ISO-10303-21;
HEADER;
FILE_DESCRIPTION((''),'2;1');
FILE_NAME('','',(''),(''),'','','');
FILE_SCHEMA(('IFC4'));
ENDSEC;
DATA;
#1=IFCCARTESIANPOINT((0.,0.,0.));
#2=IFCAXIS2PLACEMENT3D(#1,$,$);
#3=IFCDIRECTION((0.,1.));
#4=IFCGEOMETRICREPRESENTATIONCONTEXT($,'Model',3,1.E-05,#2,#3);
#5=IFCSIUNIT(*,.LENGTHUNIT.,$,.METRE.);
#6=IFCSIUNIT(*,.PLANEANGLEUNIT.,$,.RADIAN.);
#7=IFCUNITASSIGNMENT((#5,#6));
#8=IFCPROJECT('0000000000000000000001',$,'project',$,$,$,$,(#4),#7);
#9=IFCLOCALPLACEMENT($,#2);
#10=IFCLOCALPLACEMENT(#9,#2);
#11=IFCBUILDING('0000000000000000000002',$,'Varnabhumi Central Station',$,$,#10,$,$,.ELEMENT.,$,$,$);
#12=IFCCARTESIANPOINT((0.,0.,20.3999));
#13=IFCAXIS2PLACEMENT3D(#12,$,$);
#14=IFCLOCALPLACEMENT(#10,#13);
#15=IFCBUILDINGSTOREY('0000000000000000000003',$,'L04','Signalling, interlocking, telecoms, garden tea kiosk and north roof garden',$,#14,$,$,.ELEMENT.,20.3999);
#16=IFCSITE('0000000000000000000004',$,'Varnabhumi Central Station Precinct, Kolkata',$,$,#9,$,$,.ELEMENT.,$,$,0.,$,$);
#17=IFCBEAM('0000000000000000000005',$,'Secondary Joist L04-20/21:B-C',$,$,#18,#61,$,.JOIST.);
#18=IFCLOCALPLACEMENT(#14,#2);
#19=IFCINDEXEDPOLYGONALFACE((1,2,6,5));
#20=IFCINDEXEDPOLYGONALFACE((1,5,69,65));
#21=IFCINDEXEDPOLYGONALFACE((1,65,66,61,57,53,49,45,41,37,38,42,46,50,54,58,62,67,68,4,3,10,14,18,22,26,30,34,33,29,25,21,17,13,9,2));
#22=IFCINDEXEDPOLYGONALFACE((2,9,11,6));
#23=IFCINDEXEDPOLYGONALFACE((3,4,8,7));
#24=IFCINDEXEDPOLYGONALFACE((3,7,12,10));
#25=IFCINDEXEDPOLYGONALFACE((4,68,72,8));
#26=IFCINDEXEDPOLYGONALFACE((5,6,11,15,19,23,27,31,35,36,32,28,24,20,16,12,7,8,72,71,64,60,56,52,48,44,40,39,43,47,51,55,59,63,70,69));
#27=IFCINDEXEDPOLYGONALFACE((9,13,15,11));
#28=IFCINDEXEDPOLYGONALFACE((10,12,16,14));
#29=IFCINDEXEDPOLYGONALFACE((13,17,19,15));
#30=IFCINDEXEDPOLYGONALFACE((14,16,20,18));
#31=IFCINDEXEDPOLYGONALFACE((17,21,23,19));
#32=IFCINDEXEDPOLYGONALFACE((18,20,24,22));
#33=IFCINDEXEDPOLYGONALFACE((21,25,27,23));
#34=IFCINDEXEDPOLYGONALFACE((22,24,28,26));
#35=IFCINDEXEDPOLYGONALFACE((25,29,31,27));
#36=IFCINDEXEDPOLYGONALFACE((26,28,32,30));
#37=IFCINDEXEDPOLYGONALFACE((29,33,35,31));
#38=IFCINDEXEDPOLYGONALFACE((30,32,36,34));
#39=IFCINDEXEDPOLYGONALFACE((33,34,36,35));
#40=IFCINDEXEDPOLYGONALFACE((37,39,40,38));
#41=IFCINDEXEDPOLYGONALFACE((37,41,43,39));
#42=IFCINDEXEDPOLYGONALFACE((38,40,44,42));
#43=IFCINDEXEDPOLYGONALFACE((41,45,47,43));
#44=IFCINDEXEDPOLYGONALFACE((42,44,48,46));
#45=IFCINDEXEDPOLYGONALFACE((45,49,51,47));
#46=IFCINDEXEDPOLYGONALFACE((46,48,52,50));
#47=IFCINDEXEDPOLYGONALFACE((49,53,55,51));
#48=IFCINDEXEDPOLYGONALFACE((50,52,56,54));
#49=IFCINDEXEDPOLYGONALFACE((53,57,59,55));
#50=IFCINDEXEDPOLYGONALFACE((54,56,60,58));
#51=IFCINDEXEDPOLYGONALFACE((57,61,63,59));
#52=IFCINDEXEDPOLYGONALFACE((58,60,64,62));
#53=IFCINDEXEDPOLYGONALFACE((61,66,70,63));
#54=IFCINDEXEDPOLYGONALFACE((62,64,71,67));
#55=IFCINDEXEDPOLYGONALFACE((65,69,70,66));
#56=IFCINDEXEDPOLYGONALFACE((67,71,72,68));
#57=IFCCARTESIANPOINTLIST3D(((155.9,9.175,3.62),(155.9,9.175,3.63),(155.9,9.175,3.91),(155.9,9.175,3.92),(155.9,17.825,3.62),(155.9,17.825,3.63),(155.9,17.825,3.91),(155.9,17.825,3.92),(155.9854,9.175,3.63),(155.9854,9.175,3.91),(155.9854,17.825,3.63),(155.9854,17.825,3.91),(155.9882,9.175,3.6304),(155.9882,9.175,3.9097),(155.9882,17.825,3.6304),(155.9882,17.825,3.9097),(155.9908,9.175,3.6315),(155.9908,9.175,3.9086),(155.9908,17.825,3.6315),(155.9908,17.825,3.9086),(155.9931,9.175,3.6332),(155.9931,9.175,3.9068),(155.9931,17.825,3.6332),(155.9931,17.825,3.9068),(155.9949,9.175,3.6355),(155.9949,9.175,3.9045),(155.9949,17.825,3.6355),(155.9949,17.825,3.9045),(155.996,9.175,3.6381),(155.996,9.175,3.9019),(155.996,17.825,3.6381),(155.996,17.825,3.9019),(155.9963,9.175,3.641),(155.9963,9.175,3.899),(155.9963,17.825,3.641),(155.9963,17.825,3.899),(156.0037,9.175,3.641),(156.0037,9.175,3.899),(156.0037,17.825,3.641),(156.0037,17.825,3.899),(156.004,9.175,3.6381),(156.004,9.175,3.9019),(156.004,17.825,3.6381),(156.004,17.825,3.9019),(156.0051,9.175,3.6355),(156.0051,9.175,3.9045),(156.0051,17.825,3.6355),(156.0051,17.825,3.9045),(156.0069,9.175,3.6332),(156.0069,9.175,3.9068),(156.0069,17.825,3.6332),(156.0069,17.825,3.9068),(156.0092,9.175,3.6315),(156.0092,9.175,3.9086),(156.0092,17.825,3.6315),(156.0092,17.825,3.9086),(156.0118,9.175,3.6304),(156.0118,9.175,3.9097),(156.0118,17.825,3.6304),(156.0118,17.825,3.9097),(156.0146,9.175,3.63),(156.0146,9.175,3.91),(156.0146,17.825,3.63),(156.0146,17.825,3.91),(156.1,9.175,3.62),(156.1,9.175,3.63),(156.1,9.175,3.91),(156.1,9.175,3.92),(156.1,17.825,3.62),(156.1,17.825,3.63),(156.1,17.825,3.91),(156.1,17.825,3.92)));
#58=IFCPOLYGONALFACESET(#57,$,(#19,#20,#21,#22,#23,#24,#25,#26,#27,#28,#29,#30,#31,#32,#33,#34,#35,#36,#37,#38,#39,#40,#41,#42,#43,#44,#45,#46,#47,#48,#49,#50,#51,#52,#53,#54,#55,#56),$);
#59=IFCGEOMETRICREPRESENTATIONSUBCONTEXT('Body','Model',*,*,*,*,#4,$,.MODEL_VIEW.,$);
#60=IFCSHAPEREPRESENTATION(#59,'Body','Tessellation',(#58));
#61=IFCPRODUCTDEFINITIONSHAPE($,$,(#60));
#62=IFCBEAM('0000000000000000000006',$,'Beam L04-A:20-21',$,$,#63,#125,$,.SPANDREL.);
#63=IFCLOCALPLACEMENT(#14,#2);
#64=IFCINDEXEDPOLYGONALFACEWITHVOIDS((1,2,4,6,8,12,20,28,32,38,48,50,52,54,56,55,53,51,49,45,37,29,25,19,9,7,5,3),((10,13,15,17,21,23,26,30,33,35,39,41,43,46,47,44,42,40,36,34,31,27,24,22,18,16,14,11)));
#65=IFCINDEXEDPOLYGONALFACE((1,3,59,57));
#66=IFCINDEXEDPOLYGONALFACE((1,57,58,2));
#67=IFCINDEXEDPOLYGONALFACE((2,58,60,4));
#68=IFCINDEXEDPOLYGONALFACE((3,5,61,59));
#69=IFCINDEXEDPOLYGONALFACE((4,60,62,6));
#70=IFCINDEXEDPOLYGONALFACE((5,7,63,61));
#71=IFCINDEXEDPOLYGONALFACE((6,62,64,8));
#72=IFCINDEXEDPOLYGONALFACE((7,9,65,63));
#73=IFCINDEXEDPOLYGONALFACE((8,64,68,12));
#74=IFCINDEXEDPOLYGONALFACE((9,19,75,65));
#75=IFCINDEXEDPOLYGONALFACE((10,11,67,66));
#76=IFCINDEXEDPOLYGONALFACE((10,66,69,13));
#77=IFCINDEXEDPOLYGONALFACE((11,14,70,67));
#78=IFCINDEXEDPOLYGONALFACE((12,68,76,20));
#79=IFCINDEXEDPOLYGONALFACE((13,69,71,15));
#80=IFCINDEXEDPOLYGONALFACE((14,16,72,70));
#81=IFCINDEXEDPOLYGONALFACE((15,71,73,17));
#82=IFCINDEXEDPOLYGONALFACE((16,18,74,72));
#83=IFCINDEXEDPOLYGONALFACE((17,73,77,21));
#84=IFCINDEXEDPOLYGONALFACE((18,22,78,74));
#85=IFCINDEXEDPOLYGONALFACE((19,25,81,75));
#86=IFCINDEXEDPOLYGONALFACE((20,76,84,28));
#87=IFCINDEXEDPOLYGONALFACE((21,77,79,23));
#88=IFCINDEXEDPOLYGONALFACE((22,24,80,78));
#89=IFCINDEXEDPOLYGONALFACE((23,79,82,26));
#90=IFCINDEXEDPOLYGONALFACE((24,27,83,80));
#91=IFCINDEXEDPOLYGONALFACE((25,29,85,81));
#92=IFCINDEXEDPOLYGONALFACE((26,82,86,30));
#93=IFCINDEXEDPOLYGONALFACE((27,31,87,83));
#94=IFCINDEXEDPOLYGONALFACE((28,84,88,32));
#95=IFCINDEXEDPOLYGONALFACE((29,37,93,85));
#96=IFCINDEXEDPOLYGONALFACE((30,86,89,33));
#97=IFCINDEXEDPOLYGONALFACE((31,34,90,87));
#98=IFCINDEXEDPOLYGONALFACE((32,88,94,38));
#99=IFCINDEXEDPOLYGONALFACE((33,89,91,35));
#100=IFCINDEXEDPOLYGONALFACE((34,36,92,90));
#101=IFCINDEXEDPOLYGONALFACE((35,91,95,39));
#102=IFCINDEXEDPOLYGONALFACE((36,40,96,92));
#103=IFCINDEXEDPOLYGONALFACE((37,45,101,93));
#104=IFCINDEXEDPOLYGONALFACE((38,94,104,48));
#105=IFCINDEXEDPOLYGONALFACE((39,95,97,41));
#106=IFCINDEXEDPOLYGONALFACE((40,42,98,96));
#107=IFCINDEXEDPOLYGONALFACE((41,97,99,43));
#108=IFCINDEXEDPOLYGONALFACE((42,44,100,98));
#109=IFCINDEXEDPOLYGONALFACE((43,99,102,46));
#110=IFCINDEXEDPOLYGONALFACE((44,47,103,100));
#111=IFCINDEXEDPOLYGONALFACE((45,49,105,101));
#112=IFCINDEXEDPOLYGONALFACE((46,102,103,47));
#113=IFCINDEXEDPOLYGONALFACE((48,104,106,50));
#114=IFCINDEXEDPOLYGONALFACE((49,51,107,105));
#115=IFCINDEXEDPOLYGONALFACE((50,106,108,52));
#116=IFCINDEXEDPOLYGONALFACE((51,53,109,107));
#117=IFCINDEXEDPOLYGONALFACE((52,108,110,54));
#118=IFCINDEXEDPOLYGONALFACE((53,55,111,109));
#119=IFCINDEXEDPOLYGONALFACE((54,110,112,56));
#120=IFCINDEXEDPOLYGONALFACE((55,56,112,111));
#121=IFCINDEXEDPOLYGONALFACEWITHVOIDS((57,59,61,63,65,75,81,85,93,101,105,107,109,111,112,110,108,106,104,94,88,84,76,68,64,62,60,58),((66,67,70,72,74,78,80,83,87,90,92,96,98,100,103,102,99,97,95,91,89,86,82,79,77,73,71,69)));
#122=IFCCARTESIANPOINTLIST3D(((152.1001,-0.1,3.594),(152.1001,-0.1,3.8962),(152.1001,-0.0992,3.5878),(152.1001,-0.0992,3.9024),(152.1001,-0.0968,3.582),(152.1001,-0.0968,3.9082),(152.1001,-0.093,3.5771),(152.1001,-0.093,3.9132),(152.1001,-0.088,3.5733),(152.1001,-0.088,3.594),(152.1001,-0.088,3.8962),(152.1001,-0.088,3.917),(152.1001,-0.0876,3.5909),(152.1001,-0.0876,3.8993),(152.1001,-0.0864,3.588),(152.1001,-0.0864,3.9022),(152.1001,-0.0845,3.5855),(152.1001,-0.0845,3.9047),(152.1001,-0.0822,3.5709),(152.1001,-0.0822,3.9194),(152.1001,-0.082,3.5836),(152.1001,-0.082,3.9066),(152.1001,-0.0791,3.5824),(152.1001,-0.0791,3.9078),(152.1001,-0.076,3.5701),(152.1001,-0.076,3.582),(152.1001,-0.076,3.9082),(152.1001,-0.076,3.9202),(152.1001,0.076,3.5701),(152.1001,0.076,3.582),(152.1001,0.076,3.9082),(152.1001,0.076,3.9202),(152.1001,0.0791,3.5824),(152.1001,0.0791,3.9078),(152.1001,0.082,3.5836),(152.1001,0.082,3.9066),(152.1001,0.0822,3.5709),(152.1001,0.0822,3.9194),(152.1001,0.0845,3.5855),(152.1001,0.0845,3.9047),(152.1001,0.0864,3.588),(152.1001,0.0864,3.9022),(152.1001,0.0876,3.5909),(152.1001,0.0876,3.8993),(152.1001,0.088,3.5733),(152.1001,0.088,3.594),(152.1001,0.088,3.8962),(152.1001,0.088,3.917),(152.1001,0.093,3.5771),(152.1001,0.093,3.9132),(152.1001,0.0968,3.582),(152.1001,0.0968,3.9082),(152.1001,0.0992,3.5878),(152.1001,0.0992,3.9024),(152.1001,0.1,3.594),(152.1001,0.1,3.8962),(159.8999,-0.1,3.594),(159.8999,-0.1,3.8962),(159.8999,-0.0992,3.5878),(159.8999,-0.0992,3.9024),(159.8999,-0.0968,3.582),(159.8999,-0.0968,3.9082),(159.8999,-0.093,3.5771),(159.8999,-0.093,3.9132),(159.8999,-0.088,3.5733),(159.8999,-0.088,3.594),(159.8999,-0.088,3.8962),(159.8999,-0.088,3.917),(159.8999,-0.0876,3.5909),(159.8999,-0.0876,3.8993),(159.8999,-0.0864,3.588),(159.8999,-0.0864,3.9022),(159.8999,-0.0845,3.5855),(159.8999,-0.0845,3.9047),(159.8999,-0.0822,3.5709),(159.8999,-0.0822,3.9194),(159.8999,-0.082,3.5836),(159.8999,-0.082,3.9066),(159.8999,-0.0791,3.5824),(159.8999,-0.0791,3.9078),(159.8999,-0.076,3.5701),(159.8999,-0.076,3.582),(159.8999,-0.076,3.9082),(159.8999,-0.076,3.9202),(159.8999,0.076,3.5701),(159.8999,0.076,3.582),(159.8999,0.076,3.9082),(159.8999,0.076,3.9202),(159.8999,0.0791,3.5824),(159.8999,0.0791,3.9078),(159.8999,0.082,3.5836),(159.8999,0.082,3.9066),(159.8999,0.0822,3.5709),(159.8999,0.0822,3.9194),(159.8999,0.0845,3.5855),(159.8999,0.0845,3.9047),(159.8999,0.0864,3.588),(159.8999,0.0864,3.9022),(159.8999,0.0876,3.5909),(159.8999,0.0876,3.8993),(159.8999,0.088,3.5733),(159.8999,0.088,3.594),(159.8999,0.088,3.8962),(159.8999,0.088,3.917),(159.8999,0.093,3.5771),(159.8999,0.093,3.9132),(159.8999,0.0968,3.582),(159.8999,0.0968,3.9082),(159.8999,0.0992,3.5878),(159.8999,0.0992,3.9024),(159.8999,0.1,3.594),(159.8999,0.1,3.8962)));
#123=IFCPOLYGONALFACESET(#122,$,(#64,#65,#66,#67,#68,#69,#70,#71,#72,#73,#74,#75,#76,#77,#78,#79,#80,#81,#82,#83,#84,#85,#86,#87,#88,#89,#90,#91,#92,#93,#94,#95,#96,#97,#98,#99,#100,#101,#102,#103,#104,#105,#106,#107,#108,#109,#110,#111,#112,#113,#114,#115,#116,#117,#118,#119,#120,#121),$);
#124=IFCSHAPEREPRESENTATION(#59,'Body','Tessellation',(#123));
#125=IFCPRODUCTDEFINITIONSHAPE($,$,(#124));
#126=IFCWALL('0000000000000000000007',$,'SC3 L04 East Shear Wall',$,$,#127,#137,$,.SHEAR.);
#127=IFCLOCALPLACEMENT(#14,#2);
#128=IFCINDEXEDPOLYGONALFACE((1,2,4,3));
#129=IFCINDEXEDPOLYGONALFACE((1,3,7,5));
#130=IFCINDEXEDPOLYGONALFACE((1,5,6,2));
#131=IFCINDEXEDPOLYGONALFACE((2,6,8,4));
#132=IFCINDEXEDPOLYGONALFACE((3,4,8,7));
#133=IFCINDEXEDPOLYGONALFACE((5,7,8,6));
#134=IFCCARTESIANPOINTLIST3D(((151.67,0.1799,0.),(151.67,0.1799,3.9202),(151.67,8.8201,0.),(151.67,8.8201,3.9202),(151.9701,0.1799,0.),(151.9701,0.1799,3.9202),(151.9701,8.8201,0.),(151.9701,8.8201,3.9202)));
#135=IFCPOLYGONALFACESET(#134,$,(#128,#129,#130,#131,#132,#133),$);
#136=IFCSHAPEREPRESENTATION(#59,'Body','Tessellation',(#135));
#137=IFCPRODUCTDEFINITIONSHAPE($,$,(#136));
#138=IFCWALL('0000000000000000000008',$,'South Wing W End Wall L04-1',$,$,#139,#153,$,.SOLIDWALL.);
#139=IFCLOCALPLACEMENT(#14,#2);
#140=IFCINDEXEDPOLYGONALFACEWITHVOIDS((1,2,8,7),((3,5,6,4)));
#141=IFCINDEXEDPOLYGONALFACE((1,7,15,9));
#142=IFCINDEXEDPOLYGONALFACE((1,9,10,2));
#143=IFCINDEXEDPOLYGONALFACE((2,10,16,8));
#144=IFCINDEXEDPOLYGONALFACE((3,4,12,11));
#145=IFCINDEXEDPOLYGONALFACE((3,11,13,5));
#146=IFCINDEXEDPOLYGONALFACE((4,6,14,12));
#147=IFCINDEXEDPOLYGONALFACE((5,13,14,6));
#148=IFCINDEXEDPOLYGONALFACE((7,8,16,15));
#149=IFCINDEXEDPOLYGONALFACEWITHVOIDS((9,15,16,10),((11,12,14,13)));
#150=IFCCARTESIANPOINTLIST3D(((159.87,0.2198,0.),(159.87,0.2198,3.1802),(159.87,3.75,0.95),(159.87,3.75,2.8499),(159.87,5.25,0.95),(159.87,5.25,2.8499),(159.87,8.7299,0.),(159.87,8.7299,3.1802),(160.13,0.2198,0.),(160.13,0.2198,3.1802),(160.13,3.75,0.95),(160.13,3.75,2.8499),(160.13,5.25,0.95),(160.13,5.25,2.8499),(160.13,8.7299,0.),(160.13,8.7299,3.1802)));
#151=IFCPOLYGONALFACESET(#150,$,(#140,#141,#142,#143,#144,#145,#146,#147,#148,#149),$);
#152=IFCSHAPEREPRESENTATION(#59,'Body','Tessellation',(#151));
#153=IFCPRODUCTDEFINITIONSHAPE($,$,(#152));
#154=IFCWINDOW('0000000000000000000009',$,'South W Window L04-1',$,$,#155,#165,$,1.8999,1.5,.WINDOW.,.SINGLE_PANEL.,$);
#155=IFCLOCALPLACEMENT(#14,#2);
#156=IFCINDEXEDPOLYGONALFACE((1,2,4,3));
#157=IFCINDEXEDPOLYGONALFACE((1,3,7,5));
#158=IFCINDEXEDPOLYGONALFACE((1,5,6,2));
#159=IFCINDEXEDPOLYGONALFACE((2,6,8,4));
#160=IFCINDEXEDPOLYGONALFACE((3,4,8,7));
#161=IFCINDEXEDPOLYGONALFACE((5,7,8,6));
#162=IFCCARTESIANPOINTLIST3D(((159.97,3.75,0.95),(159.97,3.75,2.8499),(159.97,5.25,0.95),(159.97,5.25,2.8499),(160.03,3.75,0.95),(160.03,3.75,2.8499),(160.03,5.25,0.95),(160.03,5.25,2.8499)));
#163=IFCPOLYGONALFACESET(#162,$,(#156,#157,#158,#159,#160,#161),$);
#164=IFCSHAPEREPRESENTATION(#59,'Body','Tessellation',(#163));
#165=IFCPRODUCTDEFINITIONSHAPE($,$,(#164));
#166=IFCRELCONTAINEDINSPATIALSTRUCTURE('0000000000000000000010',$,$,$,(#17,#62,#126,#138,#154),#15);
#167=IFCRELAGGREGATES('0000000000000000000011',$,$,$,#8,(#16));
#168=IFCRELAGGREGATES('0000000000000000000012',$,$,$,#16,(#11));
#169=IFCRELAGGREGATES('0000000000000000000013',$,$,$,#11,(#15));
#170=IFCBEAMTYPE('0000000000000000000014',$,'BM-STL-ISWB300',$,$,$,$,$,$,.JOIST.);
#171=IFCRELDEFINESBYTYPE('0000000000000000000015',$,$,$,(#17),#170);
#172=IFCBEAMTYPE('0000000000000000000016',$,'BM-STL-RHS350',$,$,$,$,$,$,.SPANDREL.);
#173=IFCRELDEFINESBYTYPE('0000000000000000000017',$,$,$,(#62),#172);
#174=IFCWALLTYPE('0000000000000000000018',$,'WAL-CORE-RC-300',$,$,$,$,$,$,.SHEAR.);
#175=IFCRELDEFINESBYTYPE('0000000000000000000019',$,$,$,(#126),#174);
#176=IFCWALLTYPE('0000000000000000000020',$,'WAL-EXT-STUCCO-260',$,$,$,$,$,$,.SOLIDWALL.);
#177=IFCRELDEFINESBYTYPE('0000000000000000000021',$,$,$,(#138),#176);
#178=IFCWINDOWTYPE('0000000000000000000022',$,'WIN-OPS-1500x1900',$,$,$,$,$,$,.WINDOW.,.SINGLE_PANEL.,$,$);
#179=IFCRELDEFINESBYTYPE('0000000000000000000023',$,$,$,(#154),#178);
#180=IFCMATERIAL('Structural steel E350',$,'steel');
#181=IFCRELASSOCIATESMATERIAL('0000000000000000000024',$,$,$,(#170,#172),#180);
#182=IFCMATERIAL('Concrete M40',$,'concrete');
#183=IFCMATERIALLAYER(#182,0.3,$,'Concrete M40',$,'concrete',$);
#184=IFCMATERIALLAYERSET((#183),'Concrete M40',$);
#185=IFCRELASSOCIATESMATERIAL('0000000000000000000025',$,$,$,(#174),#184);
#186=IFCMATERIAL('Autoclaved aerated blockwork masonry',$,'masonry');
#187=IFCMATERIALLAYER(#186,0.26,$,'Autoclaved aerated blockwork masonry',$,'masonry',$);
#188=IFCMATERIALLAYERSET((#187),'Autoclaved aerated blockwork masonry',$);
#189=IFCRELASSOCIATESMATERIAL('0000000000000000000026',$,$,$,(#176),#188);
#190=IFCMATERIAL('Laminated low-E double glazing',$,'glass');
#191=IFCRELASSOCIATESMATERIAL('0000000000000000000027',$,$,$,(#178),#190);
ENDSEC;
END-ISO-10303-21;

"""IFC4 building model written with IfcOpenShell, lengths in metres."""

from ifc_helpers import new_model, si_unit, direction, frame, frame_2d, origin, origin_2d, place, context, subcontext, project, spatial, rectangle, hollow_rectangle, i_section, extrude, material, layer, layer_set, material_profile, profile_set, type_object, element, fill, save


model = new_model("IFC4")

# Units and contexts
model_context = context("Model", 3, precision=1e-05, world=origin(), true_north=direction((0.0, 1.0)))
body_context = subcontext(model_context, "Body", "Model", "MODEL_VIEW")
ifc_project = project(units=[si_unit("LENGTHUNIT", "METRE"), si_unit("PLANEANGLEUNIT", "RADIAN")], contexts=[model_context])

# Site, building, storey
site_placement = place(None, origin())
site = spatial("IfcSite", under=ifc_project, at=site_placement, Name="Varnabhumi Central Station Precinct, Kolkata", CompositionType="ELEMENT", RefElevation=0.0)
building_placement = place(site_placement, origin())
building = spatial("IfcBuilding", under=site, at=building_placement, Name="Varnabhumi Central Station", CompositionType="ELEMENT")
storey_placement = place(building_placement, frame((0.0, 0.0, 20.3999)))
storey = spatial("IfcBuildingStorey", under=building, at=storey_placement, Name="L04", Description="Signalling, interlocking, telecoms, garden tea kiosk and north roof garden", CompositionType="ELEMENT", Elevation=20.3999)

# Shared definitions
ifc_material_1 = material(Name="Concrete M40", Category="concrete")

# Beams
ifc_material_2 = material(Name="Structural steel E350", Category="steel")
ifc_material_profile_1 = material_profile(ifc_material_2, i_section(OverallWidth=0.2, OverallDepth=0.3, WebThickness=0.0073, FlangeThickness=0.01, FilletRadius=0.011, at=origin_2d()), Name="Structural steel E350", Category="steel")
ifc_profile_set_1 = profile_set([ifc_material_profile_1], Name="Structural steel E350")
beam_type_1 = type_object("IfcBeamType", Name="BM-STL-ISWB300", PredefinedType="JOIST", material=ifc_profile_set_1)
beam_1_placement = place(storey_placement, frame((156.0, 9.175, 3.77), z_axis=(0.0, 1.0, 0.0), x_axis=(-1.0, 0.0, 0.0)))
element("IfcBeam", 1, at=beam_1_placement, inside=storey, type_object=beam_type_1, Name="Secondary Joist L04-20/21:B-C", PredefinedType="JOIST", context=body_context, shape_type="SweptSolid", body=[
    extrude(i_section(OverallWidth=0.2, OverallDepth=0.3, WebThickness=0.0073, FlangeThickness=0.01, FilletRadius=0.011, at=origin_2d()), origin(), (0.0, 0.0, 1.0), 8.6499),
])
ifc_material_profile_2 = material_profile(ifc_material_2, hollow_rectangle(XDim=0.2, YDim=0.3501, WallThickness=0.012, InnerFilletRadius=0.012, OuterFilletRadius=0.0239, at=origin_2d()), Name="Structural steel E350", Category="steel")
ifc_profile_set_2 = profile_set([ifc_material_profile_2], Name="Structural steel E350")
beam_type_2 = type_object("IfcBeamType", Name="BM-STL-RHS350", PredefinedType="SPANDREL", material=ifc_profile_set_2)
beam_2_placement = place(storey_placement, frame((152.1001, 0.0, 3.7451), z_axis=(1.0, 0.0, 0.0), x_axis=(0.0, 1.0, 0.0)))
element("IfcBeam", 2, at=beam_2_placement, inside=storey, type_object=beam_type_2, Name="Beam L04-A:20-21", PredefinedType="SPANDREL", context=body_context, shape_type="SweptSolid", body=[
    extrude(hollow_rectangle(XDim=0.2, YDim=0.3501, WallThickness=0.012, InnerFilletRadius=0.012, OuterFilletRadius=0.0239, at=origin_2d()), origin(), (0.0, 0.0, 1.0), 7.7998),
])

# Shared definitions
ifc_material_3 = material(Name="Autoclaved aerated blockwork masonry", Category="masonry")

# Wall
ifc_layer_1 = layer(ifc_material_1, 0.3, Name="Concrete M40", Category="concrete")
ifc_layer_set_1 = layer_set([ifc_layer_1], Name="Concrete M40")
wall_type_1 = type_object("IfcWallType", Name="WAL-CORE-RC-300", PredefinedType="SHEAR", material=ifc_layer_set_1)
wall_1_placement = place(storey_placement, frame((151.8201, 0.1799, 0.0), z_axis=(0.0, 0.0, 1.0), x_axis=(0.0, 1.0, 0.0)))
element("IfcWall", 3, at=wall_1_placement, inside=storey, type_object=wall_type_1, Name="SC3 L04 East Shear Wall", PredefinedType="SHEAR", context=body_context, shape_type="SweptSolid", body=[
    extrude(rectangle(XDim=8.6401, YDim=0.3, at=frame_2d((4.3201, 0.0))), origin(), (0.0, 0.0, 1.0), 3.9202),
])

# Wall, opening, window
ifc_layer_2 = layer(ifc_material_3, 0.26, Name="Autoclaved aerated blockwork masonry", Category="masonry")
ifc_layer_set_2 = layer_set([ifc_layer_2], Name="Autoclaved aerated blockwork masonry")
wall_type_2 = type_object("IfcWallType", Name="WAL-EXT-STUCCO-260", PredefinedType="SOLIDWALL", material=ifc_layer_set_2)
wall_2_placement = place(storey_placement, frame((160.0, 0.22, 0.0), z_axis=(0.0, 0.0, 1.0), x_axis=(0.0, 1.0, 0.0)))
wall_2 = element("IfcWall", 4, at=wall_2_placement, inside=storey, type_object=wall_type_2, Name="South Wing W End Wall L04-1", PredefinedType="SOLIDWALL", context=body_context, shape_type="SweptSolid", body=[
    extrude(rectangle(XDim=8.51, YDim=0.26, at=frame_2d((4.2549, 0.0))), origin(), (0.0, 0.0, 1.0), 3.1802),
])
opening_1_placement = place(wall_2_placement, frame((3.53, 0.0, 0.95)))
opening_1 = element("IfcOpeningElement", 5, at=opening_1_placement, cuts=wall_2, PredefinedType="OPENING", context=body_context, shape_type="SweptSolid", body=[
    extrude(rectangle(XDim=1.5, YDim=1.8999, at=frame_2d((0.75, 0.95))), frame((0.0, 0.1399, 0.0), z_axis=(0.0, -1.0, 0.0), x_axis=(1.0, 0.0, 0.0)), (0.0, 0.0, 1.0), 0.28),
])
ifc_material_4 = material(Name="Laminated low-E double glazing", Category="glass")
window_type = type_object("IfcWindowType", Name="WIN-OPS-1500x1900", PartitioningType="SINGLE_PANEL", PredefinedType="WINDOW", material=ifc_material_4)
window_1_placement = place(opening_1_placement, origin())
window_1 = element("IfcWindow", 6, at=window_1_placement, inside=storey, type_object=window_type, Name="South W Window L04-1", OverallHeight=1.8999, OverallWidth=1.5, PartitioningType="SINGLE_PANEL", PredefinedType="WINDOW", context=body_context, shape_type="SweptSolid", body=[
    extrude(rectangle(XDim=1.5, YDim=1.8999, at=frame_2d((0.75, 0.95))), frame((0.0, 0.03, 0.0), z_axis=(0.0, -1.0, 0.0), x_axis=(1.0, 0.0, 0.0)), (0.0, 0.0, 1.0), 0.0601),
])
fill(opening_1, window_1)

save(model, "model.ifc")
